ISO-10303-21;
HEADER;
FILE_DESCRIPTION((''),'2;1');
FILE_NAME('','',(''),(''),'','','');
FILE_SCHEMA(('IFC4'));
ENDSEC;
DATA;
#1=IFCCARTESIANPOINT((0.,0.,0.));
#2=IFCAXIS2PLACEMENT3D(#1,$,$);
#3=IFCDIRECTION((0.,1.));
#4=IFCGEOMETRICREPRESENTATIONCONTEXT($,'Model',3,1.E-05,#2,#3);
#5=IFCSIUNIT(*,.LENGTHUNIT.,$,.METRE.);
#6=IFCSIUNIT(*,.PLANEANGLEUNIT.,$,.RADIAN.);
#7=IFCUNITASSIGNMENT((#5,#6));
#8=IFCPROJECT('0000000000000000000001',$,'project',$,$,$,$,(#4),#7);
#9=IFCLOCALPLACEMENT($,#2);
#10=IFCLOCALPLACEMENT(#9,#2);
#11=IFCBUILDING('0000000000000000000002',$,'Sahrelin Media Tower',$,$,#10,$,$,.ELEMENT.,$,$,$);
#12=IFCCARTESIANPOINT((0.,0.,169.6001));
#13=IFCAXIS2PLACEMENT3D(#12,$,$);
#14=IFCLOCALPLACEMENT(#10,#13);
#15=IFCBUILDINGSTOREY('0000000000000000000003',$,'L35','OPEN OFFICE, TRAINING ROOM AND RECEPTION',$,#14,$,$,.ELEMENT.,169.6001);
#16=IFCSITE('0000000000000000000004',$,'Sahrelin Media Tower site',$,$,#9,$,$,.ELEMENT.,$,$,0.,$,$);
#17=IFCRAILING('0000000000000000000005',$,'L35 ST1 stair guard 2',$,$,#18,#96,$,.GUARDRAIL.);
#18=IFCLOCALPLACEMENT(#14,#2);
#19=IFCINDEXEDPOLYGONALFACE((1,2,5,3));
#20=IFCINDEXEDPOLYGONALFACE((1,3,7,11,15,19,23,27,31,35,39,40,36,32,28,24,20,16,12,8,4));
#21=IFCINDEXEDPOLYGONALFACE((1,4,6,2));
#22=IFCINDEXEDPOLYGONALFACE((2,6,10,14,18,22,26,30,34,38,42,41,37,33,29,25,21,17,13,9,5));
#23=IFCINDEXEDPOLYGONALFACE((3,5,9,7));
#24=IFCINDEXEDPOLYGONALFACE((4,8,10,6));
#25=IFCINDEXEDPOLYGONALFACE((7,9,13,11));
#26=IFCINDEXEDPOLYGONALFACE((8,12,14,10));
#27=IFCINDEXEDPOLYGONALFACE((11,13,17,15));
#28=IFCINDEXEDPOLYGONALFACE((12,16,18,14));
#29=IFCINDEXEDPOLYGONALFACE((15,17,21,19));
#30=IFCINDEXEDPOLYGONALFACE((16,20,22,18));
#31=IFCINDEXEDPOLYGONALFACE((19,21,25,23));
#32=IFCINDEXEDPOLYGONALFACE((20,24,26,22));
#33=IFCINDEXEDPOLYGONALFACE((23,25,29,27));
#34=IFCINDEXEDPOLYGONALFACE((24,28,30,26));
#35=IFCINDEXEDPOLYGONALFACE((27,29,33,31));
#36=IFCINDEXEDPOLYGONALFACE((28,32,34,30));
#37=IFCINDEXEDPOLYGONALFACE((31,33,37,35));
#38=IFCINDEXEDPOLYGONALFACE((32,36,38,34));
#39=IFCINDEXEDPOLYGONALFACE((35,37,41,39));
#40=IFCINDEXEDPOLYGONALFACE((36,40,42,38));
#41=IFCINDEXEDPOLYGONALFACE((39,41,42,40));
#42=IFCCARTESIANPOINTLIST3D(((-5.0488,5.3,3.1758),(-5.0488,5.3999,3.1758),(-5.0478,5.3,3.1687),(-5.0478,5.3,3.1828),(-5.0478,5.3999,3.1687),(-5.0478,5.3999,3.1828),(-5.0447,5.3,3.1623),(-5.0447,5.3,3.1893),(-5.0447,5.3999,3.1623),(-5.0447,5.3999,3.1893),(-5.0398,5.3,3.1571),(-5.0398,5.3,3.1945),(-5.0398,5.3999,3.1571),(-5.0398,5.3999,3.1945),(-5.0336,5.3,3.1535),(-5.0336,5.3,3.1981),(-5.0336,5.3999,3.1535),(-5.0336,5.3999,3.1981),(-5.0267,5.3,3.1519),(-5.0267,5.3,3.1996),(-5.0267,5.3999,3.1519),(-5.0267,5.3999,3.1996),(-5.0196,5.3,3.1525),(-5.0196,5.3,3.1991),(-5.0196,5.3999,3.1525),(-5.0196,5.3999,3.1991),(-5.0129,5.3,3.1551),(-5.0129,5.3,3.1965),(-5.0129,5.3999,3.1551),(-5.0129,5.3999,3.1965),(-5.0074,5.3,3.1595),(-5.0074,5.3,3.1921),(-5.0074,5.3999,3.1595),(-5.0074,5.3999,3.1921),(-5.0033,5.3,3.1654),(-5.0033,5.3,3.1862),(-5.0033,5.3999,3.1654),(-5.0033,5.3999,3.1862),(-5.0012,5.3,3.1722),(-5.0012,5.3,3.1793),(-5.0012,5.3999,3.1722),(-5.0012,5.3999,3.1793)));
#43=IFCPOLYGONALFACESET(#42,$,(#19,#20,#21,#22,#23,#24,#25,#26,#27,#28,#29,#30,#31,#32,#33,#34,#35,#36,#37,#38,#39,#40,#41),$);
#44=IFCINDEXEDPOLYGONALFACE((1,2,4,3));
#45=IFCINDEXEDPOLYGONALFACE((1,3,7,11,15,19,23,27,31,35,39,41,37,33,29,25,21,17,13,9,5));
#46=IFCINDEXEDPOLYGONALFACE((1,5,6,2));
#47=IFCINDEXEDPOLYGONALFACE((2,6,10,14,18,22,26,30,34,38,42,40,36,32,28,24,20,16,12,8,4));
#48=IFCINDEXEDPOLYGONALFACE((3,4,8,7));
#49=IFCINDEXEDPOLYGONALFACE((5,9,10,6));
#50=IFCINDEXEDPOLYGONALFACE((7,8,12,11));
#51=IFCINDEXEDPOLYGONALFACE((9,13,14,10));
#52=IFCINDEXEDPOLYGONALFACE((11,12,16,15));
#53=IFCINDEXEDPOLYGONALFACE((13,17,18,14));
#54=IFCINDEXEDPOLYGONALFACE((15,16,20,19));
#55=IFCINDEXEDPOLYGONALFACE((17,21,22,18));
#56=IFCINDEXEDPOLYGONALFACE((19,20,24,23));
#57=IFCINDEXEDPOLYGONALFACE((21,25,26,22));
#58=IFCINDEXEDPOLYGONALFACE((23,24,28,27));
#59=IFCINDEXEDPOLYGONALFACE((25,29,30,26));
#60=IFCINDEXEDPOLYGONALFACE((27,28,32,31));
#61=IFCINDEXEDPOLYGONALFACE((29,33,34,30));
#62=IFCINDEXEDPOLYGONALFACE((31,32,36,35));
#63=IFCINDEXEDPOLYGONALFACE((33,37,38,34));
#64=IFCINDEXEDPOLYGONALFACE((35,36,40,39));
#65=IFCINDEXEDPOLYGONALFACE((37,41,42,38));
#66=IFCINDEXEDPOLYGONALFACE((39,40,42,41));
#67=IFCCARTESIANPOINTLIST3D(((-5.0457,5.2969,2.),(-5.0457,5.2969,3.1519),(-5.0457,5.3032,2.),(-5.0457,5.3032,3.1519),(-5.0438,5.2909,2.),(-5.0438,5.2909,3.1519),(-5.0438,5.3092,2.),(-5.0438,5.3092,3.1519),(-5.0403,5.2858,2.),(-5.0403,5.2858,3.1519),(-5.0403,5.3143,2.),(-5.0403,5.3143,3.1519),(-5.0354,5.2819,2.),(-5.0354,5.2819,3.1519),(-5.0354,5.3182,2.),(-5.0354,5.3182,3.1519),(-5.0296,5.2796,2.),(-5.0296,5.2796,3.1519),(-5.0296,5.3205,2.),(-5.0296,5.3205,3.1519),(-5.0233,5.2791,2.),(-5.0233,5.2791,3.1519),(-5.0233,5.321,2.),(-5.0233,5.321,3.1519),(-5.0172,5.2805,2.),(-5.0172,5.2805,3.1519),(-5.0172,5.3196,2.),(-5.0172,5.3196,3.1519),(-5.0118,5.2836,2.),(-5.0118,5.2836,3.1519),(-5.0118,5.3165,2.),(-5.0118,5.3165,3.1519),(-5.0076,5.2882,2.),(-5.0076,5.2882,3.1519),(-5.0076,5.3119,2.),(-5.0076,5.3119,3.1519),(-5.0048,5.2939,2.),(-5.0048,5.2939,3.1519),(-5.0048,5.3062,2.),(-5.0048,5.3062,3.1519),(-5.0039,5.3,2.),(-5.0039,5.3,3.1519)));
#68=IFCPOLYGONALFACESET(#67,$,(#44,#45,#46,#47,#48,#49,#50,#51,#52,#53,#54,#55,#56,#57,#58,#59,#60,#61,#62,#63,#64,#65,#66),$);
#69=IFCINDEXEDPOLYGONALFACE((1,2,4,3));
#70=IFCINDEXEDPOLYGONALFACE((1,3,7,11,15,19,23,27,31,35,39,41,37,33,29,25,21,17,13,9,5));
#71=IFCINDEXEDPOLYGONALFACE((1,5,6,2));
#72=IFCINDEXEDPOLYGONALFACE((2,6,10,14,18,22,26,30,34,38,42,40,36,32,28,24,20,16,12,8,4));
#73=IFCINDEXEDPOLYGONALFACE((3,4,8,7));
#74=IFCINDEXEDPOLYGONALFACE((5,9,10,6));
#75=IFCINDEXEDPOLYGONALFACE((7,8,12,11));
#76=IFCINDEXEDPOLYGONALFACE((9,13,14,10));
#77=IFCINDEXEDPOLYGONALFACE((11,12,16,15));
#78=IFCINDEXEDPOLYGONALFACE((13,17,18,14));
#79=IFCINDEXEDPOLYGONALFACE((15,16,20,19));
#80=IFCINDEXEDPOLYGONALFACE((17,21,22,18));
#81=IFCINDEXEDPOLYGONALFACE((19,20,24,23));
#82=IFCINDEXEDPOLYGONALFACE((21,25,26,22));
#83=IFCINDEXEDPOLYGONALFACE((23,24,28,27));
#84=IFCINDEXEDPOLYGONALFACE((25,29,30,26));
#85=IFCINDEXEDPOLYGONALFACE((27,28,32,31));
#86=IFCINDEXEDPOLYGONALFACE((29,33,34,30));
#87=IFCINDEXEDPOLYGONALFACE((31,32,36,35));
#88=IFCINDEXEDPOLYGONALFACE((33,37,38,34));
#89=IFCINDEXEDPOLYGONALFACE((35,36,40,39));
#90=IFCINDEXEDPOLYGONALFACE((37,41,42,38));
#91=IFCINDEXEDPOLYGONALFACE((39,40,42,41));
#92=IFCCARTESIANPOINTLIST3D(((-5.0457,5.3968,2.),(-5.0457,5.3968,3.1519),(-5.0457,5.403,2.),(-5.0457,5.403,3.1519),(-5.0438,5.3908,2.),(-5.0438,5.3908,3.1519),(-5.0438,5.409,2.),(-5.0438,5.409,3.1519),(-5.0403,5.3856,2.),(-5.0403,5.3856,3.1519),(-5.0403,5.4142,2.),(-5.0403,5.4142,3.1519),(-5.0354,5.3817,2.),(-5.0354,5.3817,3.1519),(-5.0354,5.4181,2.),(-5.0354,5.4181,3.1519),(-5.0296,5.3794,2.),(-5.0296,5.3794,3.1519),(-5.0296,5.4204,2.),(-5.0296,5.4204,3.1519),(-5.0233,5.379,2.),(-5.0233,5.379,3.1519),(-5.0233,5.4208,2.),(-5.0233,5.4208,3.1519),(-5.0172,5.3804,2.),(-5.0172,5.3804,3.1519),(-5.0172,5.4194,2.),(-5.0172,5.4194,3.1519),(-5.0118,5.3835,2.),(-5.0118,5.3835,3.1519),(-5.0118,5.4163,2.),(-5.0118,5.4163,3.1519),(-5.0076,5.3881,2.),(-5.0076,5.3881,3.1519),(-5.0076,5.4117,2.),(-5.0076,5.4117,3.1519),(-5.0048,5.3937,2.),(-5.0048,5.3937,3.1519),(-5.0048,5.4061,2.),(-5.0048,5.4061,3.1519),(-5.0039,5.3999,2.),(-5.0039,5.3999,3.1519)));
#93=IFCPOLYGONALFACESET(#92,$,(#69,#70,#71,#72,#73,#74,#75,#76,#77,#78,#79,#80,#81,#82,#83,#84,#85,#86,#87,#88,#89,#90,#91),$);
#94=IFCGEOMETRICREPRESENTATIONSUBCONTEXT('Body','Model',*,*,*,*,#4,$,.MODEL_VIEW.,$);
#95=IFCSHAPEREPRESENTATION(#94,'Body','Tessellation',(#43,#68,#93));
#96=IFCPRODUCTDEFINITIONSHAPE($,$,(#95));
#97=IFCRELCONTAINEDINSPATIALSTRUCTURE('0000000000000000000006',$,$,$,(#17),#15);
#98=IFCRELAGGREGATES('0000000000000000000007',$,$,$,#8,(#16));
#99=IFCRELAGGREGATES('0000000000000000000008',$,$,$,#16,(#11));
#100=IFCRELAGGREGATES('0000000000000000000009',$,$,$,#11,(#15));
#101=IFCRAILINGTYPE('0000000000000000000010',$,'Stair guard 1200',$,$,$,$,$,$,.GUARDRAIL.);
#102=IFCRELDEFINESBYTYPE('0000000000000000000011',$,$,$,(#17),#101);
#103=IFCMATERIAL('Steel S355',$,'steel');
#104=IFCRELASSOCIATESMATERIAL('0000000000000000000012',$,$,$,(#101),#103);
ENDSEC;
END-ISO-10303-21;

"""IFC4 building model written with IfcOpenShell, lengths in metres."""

from ifc_helpers import new_model, si_unit, direction, frame, origin, origin_2d, place, context, subcontext, project, spatial, circle, extrude, material, type_object, element, save


model = new_model("IFC4")

# Units and contexts
model_context = context("Model", 3, precision=1e-05, world=origin(), true_north=direction((0.0, 1.0)))
body_context = subcontext(model_context, "Body", "Model", "MODEL_VIEW")
ifc_project = project(units=[si_unit("LENGTHUNIT", "METRE"), si_unit("PLANEANGLEUNIT", "RADIAN")], contexts=[model_context])

# Site, building, storey
site_placement = place(None, origin())
site = spatial("IfcSite", under=ifc_project, at=site_placement, Name="Sahrelin Media Tower site", CompositionType="ELEMENT", RefElevation=0.0)
building_placement = place(site_placement, origin())
building = spatial("IfcBuilding", under=site, at=building_placement, Name="Sahrelin Media Tower", CompositionType="ELEMENT")
storey_placement = place(building_placement, frame((0.0, 0.0, 169.6001)))
storey = spatial("IfcBuildingStorey", under=building, at=storey_placement, Name="L35", Description="OPEN OFFICE, TRAINING ROOM AND RECEPTION", CompositionType="ELEMENT", Elevation=169.6001)

# Railing
ifc_material_1 = material(Name="Steel S355", Category="steel")
railing_type_1 = type_object("IfcRailingType", Name="Stair guard 1200", PredefinedType="GUARDRAIL", material=ifc_material_1)
railing_1_placement = place(storey_placement, frame((-5.0249, 5.3, 2.0)))
element("IfcRailing", 1, at=railing_1_placement, inside=storey, type_object=railing_type_1, Name="L35 ST1 stair guard 2", PredefinedType="GUARDRAIL", context=body_context, shape_type="SweptSolid", body=[
    extrude(circle(Radius=0.0239, at=origin_2d()), frame((0.0, 0.0, 1.1758), z_axis=(0.0, 1.0, 0.0), x_axis=(-1.0, 0.0, 0.0)), (0.0, 0.0, 1.0), 0.0999),
    extrude(circle(Radius=0.021, at=origin_2d()), origin(), (0.0, 0.0, 1.0), 1.1519),
    extrude(circle(Radius=0.021, at=origin_2d()), frame((0.0, 0.0999, 0.0)), (0.0, 0.0, 1.0), 1.1519),
])

save(model, "model.ifc")
